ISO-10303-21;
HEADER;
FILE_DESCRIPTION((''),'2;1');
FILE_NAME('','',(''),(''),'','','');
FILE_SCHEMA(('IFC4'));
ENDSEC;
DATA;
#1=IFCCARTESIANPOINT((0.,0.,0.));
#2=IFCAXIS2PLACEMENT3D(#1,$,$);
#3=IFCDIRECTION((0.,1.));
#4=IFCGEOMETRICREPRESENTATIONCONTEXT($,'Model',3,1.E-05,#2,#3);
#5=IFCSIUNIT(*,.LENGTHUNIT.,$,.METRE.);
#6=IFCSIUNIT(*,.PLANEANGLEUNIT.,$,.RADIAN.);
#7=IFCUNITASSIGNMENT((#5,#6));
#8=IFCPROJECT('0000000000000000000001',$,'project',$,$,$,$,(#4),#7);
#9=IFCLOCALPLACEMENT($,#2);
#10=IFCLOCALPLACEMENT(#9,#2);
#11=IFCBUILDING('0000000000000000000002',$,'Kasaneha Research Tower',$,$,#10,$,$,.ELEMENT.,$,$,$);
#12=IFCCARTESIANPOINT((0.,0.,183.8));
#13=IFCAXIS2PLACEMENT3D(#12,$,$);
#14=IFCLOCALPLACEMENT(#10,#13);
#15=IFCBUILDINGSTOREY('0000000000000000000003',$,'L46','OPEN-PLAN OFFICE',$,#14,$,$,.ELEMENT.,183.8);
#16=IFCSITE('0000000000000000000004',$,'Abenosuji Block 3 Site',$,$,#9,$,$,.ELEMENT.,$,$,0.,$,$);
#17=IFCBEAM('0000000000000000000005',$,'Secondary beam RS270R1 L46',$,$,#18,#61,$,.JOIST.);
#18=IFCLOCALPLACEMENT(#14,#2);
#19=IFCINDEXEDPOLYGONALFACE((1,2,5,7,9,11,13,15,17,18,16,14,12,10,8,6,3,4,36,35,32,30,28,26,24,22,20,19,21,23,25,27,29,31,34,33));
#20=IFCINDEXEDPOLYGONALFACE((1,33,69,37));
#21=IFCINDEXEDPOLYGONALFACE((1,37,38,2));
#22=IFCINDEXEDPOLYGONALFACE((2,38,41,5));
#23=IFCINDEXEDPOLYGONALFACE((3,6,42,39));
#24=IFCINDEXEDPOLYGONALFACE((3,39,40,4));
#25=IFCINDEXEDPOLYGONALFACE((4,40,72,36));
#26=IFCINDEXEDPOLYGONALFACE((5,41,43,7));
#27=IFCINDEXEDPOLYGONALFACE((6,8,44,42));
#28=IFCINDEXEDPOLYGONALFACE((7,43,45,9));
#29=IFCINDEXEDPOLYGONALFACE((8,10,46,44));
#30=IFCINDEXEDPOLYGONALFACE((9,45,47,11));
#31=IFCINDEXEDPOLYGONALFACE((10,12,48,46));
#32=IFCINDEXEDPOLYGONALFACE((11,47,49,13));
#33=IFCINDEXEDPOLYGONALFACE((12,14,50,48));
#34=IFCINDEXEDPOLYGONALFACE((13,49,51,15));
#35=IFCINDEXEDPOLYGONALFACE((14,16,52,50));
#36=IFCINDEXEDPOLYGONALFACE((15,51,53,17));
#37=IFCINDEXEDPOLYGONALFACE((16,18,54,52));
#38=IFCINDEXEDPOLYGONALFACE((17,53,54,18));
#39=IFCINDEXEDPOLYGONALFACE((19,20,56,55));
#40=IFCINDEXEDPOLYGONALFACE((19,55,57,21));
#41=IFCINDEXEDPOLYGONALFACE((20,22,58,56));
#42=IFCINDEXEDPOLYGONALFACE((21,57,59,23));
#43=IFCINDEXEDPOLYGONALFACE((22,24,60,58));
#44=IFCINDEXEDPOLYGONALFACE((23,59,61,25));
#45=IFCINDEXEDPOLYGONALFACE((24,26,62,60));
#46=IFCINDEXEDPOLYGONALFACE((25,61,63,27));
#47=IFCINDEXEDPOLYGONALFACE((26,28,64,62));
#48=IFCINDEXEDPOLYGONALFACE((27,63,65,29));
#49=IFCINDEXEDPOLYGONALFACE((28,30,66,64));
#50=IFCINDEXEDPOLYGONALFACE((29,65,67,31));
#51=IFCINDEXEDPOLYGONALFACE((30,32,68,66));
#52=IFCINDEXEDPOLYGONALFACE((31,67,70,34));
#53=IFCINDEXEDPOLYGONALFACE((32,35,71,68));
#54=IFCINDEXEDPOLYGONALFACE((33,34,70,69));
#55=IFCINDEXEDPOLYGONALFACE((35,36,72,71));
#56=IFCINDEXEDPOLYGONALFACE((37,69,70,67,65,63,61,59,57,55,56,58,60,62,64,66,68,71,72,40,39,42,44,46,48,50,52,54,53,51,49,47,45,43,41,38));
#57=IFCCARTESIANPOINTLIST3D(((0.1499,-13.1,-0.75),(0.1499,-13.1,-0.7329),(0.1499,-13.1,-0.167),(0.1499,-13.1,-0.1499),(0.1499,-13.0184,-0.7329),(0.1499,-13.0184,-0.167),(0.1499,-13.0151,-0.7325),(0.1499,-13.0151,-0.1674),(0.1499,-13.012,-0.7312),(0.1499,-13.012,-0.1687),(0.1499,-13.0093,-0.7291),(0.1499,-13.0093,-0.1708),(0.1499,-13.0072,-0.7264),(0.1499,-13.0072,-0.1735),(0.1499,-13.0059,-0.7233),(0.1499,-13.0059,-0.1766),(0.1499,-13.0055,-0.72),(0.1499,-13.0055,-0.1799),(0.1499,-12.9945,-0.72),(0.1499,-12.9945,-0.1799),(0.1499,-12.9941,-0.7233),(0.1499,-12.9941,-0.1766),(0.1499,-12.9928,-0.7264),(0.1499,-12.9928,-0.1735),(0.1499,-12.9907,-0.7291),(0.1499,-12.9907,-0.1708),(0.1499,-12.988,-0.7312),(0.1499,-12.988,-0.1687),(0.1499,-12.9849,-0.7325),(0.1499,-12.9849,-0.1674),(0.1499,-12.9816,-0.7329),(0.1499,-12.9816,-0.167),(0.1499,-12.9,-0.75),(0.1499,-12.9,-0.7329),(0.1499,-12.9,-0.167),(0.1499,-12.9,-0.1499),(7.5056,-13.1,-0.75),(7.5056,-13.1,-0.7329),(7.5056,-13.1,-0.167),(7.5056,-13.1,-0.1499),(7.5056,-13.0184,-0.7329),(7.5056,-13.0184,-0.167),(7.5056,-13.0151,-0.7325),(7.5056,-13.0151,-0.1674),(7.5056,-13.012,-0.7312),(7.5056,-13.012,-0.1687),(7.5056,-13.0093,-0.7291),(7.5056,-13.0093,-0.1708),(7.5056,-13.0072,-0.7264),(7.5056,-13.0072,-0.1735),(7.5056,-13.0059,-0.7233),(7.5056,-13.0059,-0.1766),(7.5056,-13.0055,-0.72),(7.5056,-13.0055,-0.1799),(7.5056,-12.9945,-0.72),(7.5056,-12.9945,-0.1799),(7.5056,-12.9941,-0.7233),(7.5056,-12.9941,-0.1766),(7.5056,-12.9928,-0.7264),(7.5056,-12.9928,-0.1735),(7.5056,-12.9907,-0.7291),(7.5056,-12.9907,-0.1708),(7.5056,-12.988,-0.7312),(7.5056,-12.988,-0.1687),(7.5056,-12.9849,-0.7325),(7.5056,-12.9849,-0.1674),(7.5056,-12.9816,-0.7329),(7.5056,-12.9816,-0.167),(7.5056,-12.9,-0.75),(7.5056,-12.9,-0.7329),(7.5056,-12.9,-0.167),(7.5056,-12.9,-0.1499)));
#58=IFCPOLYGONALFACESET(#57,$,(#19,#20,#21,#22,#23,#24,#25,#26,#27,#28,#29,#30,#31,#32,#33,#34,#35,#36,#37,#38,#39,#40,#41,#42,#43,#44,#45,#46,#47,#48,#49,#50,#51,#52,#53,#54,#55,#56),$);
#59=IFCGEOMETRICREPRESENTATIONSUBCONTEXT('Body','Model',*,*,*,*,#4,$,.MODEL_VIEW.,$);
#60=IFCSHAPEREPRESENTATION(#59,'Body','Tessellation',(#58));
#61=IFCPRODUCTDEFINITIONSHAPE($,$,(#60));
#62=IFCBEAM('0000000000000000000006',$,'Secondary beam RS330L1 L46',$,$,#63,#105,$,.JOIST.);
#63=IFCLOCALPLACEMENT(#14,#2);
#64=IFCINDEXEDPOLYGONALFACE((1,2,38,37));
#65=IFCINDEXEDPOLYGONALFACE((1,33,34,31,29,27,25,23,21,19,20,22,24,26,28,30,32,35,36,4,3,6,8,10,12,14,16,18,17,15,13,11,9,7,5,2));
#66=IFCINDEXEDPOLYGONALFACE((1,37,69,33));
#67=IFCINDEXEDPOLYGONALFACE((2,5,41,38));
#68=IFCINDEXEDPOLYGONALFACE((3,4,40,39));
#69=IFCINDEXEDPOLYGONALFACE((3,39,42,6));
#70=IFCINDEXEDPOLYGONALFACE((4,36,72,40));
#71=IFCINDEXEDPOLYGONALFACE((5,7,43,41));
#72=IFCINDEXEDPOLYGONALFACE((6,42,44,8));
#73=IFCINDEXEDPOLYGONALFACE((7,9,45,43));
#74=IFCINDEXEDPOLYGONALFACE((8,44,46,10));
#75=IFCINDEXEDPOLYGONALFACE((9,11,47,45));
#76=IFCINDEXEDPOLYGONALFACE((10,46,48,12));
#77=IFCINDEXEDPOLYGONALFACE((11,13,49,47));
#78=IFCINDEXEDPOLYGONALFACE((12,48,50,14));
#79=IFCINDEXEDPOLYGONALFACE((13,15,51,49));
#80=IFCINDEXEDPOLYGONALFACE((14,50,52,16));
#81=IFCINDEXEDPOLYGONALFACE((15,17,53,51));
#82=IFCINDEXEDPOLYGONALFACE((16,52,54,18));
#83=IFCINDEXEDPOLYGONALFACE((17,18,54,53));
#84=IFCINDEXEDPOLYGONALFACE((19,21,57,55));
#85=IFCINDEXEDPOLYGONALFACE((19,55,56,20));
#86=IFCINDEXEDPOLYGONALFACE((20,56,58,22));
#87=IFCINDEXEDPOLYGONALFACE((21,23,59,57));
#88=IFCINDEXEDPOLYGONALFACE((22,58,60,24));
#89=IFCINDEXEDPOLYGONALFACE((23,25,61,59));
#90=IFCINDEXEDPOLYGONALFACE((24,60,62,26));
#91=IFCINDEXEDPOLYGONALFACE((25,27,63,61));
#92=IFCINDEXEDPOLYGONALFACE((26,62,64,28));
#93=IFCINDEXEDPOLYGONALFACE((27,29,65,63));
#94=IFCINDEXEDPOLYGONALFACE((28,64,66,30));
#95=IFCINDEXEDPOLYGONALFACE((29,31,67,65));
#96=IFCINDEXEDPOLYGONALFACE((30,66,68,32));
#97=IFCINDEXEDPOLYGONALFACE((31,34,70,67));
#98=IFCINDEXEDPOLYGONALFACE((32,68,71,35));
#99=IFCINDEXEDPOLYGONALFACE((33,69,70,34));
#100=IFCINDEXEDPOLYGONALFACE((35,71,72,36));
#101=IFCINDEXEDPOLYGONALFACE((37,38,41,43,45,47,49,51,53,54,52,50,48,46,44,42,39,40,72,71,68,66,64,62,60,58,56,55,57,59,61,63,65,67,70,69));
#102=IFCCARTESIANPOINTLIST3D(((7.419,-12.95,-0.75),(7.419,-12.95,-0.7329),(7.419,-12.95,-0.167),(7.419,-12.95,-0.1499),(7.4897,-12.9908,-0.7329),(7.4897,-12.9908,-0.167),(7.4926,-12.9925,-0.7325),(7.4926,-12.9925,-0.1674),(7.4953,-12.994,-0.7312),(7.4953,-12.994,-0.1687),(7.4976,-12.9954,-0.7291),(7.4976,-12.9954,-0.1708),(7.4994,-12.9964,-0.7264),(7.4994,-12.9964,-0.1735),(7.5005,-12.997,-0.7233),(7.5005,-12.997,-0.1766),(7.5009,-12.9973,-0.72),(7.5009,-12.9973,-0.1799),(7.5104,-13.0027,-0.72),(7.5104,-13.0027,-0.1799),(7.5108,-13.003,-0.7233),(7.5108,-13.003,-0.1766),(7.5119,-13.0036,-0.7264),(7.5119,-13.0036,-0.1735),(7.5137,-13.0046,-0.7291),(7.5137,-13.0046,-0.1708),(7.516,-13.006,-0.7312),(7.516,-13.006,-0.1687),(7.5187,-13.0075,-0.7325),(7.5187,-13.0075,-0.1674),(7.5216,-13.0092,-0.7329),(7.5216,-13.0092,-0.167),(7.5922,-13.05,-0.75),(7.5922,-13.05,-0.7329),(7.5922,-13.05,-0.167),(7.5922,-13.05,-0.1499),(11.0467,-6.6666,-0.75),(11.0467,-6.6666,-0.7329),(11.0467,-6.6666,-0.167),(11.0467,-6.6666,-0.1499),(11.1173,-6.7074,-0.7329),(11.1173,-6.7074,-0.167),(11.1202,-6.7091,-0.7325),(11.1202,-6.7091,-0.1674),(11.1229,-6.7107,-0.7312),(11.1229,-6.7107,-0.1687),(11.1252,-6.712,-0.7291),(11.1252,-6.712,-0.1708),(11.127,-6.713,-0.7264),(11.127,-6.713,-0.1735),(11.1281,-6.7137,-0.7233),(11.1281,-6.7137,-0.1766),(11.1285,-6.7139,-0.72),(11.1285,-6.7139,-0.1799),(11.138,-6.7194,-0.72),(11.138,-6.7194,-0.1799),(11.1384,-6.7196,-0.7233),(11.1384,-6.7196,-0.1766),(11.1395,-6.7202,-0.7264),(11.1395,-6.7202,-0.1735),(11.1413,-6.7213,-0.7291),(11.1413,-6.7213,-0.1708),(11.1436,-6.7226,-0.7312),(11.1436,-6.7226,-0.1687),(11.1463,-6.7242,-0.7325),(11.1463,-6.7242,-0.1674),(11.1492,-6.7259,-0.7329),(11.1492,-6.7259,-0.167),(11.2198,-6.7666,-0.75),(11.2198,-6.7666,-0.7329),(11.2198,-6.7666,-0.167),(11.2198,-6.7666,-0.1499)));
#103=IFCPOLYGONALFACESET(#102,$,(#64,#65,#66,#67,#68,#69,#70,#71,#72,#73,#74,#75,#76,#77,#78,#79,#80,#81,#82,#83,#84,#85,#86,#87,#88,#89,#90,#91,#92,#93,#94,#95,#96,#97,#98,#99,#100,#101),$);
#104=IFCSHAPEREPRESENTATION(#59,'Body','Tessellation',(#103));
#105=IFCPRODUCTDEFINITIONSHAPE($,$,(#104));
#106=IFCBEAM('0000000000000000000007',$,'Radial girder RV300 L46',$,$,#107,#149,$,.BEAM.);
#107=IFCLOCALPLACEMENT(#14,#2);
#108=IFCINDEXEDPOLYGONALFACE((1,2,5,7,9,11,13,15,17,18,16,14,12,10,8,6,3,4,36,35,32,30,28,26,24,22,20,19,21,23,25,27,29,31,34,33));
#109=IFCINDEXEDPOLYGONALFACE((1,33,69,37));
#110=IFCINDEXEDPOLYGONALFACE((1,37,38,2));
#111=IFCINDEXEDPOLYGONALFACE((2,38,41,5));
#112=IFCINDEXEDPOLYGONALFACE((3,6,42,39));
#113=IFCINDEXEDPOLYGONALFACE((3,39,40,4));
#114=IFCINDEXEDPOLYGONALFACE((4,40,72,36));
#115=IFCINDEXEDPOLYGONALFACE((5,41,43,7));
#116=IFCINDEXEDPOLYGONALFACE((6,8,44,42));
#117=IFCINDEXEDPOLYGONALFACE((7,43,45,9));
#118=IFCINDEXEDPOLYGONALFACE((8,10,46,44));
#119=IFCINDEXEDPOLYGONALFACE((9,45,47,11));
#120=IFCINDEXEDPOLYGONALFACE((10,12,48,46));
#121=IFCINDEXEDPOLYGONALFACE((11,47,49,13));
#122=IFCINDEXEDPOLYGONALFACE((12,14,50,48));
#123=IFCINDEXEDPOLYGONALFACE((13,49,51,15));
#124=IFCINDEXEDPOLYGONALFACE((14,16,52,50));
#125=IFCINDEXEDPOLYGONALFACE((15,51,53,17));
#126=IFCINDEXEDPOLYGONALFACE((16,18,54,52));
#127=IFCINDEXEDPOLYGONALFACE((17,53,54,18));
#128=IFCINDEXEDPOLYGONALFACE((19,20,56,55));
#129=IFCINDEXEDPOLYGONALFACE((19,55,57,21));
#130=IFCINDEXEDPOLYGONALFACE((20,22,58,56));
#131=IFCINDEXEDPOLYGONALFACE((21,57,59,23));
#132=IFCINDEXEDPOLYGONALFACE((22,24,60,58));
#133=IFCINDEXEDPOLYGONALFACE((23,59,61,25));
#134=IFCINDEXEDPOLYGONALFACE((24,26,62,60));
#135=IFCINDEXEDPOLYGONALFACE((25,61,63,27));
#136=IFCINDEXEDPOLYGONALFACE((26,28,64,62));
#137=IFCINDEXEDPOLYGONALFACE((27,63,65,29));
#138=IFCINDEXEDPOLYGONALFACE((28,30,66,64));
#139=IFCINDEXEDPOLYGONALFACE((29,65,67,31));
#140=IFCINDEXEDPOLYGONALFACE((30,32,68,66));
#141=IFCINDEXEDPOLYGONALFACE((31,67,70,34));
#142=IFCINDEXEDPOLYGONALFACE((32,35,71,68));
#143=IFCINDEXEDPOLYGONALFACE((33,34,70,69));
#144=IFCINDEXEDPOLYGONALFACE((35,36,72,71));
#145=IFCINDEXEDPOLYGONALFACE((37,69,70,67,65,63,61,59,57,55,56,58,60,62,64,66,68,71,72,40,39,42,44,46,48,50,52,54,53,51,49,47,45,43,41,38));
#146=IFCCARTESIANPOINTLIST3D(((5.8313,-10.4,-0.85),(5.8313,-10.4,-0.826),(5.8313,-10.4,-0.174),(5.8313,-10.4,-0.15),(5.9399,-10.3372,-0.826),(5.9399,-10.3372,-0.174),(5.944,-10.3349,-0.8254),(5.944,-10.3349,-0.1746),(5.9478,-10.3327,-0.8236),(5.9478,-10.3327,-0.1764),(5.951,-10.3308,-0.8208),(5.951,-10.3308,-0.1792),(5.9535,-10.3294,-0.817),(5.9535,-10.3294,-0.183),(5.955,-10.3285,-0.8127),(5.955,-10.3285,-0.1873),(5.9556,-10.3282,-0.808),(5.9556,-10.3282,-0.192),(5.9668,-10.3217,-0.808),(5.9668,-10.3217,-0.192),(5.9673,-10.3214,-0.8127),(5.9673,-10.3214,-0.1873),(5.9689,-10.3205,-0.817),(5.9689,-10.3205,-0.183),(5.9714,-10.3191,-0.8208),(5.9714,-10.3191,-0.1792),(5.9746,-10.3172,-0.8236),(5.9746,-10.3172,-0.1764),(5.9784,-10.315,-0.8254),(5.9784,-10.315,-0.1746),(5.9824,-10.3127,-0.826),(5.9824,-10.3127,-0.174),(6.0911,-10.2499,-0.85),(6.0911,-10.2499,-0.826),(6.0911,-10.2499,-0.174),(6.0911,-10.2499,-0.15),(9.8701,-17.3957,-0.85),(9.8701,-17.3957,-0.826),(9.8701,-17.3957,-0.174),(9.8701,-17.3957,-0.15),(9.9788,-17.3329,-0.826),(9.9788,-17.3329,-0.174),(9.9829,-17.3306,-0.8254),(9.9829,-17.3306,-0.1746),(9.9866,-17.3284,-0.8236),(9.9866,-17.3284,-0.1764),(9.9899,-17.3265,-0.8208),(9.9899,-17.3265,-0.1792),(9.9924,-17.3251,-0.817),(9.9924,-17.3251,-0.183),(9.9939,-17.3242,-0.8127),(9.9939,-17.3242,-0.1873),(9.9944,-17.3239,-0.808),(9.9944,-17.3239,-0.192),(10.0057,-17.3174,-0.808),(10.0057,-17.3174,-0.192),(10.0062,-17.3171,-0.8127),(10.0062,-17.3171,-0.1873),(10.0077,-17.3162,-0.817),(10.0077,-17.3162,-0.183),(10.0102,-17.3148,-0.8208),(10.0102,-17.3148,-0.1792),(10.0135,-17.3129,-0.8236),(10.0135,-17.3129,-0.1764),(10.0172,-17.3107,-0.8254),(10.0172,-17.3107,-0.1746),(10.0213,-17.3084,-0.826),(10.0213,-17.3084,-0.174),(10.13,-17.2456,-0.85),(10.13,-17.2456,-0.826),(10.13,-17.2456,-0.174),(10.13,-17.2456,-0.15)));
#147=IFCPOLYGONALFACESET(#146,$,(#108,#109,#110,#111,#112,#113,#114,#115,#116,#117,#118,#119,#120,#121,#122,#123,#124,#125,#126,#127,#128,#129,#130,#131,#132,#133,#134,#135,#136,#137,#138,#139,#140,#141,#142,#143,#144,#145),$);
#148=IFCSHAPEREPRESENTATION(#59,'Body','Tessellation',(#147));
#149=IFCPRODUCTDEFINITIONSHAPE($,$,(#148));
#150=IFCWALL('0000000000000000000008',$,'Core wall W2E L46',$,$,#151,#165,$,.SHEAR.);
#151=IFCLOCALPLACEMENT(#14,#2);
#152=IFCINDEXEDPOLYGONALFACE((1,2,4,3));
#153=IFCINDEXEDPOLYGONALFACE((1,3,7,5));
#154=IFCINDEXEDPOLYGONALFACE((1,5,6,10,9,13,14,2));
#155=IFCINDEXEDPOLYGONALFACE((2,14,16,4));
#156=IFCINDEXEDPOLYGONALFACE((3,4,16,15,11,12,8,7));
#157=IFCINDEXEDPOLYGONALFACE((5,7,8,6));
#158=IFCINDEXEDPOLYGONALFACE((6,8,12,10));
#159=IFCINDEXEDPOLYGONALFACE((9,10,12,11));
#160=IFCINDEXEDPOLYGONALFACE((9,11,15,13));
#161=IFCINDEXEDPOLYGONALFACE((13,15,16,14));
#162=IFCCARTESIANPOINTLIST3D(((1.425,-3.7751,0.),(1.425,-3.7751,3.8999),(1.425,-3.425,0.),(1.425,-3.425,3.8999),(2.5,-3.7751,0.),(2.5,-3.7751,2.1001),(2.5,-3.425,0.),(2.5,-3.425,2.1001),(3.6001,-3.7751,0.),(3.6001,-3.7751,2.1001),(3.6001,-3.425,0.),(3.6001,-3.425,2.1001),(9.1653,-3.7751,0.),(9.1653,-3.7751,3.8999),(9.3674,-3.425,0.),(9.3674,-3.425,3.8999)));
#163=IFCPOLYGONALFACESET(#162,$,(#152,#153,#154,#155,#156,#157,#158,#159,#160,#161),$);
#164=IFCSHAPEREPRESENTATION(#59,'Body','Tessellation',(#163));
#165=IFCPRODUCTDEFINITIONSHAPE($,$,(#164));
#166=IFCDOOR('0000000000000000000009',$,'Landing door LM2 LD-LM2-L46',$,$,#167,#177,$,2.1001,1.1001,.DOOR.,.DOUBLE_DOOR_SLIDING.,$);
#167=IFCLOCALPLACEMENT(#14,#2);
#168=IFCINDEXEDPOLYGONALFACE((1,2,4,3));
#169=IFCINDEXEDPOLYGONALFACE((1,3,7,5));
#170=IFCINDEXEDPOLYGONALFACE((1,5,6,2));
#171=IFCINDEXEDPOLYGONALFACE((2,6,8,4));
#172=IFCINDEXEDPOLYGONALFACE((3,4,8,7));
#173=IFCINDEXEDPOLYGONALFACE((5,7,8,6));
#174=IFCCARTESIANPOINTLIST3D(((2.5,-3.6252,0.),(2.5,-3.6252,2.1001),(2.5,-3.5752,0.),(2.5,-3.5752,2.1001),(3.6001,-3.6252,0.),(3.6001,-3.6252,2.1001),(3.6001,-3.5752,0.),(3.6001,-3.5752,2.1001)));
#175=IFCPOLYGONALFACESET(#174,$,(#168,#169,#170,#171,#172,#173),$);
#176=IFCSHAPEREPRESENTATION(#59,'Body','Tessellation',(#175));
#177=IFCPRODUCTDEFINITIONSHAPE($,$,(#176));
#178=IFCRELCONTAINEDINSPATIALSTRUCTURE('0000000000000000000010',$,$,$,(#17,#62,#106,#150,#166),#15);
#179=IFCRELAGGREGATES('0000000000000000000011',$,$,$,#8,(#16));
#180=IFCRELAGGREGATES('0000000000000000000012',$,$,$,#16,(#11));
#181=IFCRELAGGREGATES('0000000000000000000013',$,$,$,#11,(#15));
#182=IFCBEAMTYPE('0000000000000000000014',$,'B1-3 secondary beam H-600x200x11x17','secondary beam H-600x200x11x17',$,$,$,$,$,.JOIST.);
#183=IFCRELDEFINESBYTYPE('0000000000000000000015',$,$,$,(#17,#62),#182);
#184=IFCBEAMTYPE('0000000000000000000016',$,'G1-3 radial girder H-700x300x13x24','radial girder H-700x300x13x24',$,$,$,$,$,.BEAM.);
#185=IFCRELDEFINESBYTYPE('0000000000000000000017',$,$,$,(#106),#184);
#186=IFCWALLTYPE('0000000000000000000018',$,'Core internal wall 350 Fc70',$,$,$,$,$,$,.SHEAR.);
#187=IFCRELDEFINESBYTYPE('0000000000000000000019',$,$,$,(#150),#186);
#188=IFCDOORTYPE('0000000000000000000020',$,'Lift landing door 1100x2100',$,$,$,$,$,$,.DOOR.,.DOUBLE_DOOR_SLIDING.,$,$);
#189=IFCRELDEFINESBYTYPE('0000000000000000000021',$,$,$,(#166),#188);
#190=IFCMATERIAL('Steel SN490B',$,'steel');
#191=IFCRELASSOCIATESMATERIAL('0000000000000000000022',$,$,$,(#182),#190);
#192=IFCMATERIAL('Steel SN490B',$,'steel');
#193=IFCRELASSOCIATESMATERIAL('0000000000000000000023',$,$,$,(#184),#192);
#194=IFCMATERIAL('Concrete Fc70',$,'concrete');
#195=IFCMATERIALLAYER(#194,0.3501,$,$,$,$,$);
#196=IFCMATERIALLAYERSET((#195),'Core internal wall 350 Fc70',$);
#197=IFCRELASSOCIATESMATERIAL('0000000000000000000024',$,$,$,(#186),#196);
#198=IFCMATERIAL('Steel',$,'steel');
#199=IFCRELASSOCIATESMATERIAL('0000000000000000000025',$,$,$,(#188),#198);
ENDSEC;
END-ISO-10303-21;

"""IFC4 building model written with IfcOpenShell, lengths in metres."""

from ifc_helpers import new_model, si_unit, direction, frame, frame_2d, origin, origin_2d, place, context, subcontext, project, spatial, polyline, rectangle, i_section, outline, extrude, material, layer, layer_set, material_profile, profile_set, type_object, element, fill, save


model = new_model("IFC4")

# Units and contexts
model_context = context("Model", 3, precision=1e-05, world=origin(), true_north=direction((0.0, 1.0)))
body_context = subcontext(model_context, "Body", "Model", "MODEL_VIEW")
ifc_project = project(units=[si_unit("LENGTHUNIT", "METRE"), si_unit("PLANEANGLEUNIT", "RADIAN")], contexts=[model_context])

# Site, building, storey
site_placement = place(None, origin())
site = spatial("IfcSite", under=ifc_project, at=site_placement, Name="Abenosuji Block 3 Site", CompositionType="ELEMENT", RefElevation=0.0)
building_placement = place(site_placement, origin())
building = spatial("IfcBuilding", under=site, at=building_placement, Name="Kasaneha Research Tower", CompositionType="ELEMENT")
storey_placement = place(building_placement, frame((0.0, 0.0, 183.8)))
storey = spatial("IfcBuildingStorey", under=building, at=storey_placement, Name="L46", Description="OPEN-PLAN OFFICE", CompositionType="ELEMENT", Elevation=183.8)

# Beams
ifc_material_1 = material(Name="Steel SN490B", Category="steel")
ifc_material_profile_1 = material_profile(ifc_material_1, i_section(OverallWidth=0.2, OverallDepth=0.6001, WebThickness=0.011, FlangeThickness=0.0171, FilletRadius=0.0129, at=origin_2d()), Name="H-600x200x11x17")
ifc_profile_set_1 = profile_set([ifc_material_profile_1], Name="Steel SN490B")
beam_type_1 = type_object("IfcBeamType", Name="B1-3 secondary beam H-600x200x11x17", Description="secondary beam H-600x200x11x17", PredefinedType="JOIST", material=ifc_profile_set_1)
beam_1_placement = place(storey_placement, frame((7.5056, -13.0, -0.45), z_axis=(-1.0, 0.0, 0.0), x_axis=(0.0, -1.0, 0.0)))
element("IfcBeam", 1, at=beam_1_placement, inside=storey, type_object=beam_type_1, Name="Secondary beam RS270R1 L46", PredefinedType="JOIST", context=body_context, shape_type="SweptSolid", body=[
    extrude(i_section(OverallWidth=0.2, OverallDepth=0.6001, WebThickness=0.011, FlangeThickness=0.0171, FilletRadius=0.0129, at=origin_2d()), origin(), (0.0, 0.0, 1.0), 7.3557),
])
beam_2_placement = place(storey_placement, frame((7.5056, -13.0, -0.45), z_axis=(0.499993, 0.866029, 0.0), x_axis=(-0.866029, 0.499993, 0.0)))
element("IfcBeam", 2, at=beam_2_placement, inside=storey, type_object=beam_type_1, Name="Secondary beam RS330L1 L46", PredefinedType="JOIST", context=body_context, shape_type="SweptSolid", body=[
    extrude(i_section(OverallWidth=0.2, OverallDepth=0.6001, WebThickness=0.011, FlangeThickness=0.0171, FilletRadius=0.0129, at=origin_2d()), origin(), (0.0, 0.0, 1.0), 7.2554),
])
ifc_material_2 = material(Name="Steel SN490B", Category="steel")
ifc_material_profile_2 = material_profile(ifc_material_2, i_section(OverallWidth=0.3, OverallDepth=0.7, WebThickness=0.0129, FlangeThickness=0.0239, FilletRadius=0.0181, at=origin_2d()), Name="H-700x300x13x24")
ifc_profile_set_2 = profile_set([ifc_material_profile_2], Name="Steel SN490B")
beam_type_2 = type_object("IfcBeamType", Name="G1-3 radial girder H-700x300x13x24", Description="radial girder H-700x300x13x24", PredefinedType="BEAM", material=ifc_profile_set_2)
beam_3_placement = place(storey_placement, frame((5.9612, -10.325, -0.5), z_axis=(0.499991, -0.866031, 0.0), x_axis=(0.866031, 0.499991, 0.0)))
element("IfcBeam", 3, at=beam_3_placement, inside=storey, type_object=beam_type_2, Name="Radial girder RV300 L46", PredefinedType="BEAM", context=body_context, shape_type="SweptSolid", body=[
    extrude(i_section(OverallWidth=0.3, OverallDepth=0.7, WebThickness=0.0129, FlangeThickness=0.0239, FilletRadius=0.0181, at=origin_2d()), origin(), (0.0, 0.0, 1.0), 8.0779),
])

# Wall, opening, door
ifc_material_3 = material(Name="Concrete Fc70", Category="concrete")
ifc_layer_1 = layer(ifc_material_3, 0.3501)
ifc_layer_set_1 = layer_set([ifc_layer_1], Name="Core internal wall 350 Fc70")
wall_type_1 = type_object("IfcWallType", Name="Core internal wall 350 Fc70", PredefinedType="SHEAR", material=ifc_layer_set_1)
wall_1_placement = place(storey_placement, frame((1.425, -3.6001, 0.0), z_axis=(0.0, 0.0, 1.0), x_axis=(1.0, 0.0, 0.0)))
wall_1 = element("IfcWall", 4, at=wall_1_placement, inside=storey, type_object=wall_type_1, Name="Core wall W2E L46", PredefinedType="SHEAR", context=body_context, shape_type="SweptSolid", body=[
    extrude(outline(polyline([(0.0, -0.175), (1.075, -0.175), (2.175, -0.175), (7.7402, -0.175), (7.9424, 0.175), (2.175, 0.175), (1.075, 0.175), (0.0, 0.175), (0.0, -0.175)])), origin(), (0.0, 0.0, 1.0), 3.8999),
])
opening_1_placement = place(wall_1_placement, frame((1.075, 0.0, 0.0)))
opening_1 = element("IfcOpeningElement", 5, at=opening_1_placement, cuts=wall_1, PredefinedType="OPENING", context=body_context, shape_type="SweptSolid", body=[
    extrude(rectangle(XDim=1.1001, YDim=2.1001, at=frame_2d((0.55, 1.05))), frame((0.0, 0.1851, 0.0), z_axis=(0.0, -1.0, 0.0), x_axis=(1.0, 0.0, 0.0)), (0.0, 0.0, 1.0), 0.3701),
])
ifc_material_4 = material(Name="Steel", Category="steel")
door_type_1 = type_object("IfcDoorType", Name="Lift landing door 1100x2100", OperationType="DOUBLE_DOOR_SLIDING", PredefinedType="DOOR", material=ifc_material_4)
door_1_placement = place(opening_1_placement, origin())
door_1 = element("IfcDoor", 6, at=door_1_placement, inside=storey, type_object=door_type_1, Name="Landing door LM2 LD-LM2-L46", OperationType="DOUBLE_DOOR_SLIDING", OverallHeight=2.1001, OverallWidth=1.1001, PredefinedType="DOOR", context=body_context, shape_type="SweptSolid", body=[
    extrude(rectangle(XDim=1.1001, YDim=2.1001, at=frame_2d((0.55, 1.05))), frame((0.0, 0.0249, 0.0), z_axis=(0.0, -1.0, 0.0), x_axis=(1.0, 0.0, 0.0)), (0.0, 0.0, 1.0), 0.05),
])
fill(opening_1, door_1)

save(model, "model.ifc")
